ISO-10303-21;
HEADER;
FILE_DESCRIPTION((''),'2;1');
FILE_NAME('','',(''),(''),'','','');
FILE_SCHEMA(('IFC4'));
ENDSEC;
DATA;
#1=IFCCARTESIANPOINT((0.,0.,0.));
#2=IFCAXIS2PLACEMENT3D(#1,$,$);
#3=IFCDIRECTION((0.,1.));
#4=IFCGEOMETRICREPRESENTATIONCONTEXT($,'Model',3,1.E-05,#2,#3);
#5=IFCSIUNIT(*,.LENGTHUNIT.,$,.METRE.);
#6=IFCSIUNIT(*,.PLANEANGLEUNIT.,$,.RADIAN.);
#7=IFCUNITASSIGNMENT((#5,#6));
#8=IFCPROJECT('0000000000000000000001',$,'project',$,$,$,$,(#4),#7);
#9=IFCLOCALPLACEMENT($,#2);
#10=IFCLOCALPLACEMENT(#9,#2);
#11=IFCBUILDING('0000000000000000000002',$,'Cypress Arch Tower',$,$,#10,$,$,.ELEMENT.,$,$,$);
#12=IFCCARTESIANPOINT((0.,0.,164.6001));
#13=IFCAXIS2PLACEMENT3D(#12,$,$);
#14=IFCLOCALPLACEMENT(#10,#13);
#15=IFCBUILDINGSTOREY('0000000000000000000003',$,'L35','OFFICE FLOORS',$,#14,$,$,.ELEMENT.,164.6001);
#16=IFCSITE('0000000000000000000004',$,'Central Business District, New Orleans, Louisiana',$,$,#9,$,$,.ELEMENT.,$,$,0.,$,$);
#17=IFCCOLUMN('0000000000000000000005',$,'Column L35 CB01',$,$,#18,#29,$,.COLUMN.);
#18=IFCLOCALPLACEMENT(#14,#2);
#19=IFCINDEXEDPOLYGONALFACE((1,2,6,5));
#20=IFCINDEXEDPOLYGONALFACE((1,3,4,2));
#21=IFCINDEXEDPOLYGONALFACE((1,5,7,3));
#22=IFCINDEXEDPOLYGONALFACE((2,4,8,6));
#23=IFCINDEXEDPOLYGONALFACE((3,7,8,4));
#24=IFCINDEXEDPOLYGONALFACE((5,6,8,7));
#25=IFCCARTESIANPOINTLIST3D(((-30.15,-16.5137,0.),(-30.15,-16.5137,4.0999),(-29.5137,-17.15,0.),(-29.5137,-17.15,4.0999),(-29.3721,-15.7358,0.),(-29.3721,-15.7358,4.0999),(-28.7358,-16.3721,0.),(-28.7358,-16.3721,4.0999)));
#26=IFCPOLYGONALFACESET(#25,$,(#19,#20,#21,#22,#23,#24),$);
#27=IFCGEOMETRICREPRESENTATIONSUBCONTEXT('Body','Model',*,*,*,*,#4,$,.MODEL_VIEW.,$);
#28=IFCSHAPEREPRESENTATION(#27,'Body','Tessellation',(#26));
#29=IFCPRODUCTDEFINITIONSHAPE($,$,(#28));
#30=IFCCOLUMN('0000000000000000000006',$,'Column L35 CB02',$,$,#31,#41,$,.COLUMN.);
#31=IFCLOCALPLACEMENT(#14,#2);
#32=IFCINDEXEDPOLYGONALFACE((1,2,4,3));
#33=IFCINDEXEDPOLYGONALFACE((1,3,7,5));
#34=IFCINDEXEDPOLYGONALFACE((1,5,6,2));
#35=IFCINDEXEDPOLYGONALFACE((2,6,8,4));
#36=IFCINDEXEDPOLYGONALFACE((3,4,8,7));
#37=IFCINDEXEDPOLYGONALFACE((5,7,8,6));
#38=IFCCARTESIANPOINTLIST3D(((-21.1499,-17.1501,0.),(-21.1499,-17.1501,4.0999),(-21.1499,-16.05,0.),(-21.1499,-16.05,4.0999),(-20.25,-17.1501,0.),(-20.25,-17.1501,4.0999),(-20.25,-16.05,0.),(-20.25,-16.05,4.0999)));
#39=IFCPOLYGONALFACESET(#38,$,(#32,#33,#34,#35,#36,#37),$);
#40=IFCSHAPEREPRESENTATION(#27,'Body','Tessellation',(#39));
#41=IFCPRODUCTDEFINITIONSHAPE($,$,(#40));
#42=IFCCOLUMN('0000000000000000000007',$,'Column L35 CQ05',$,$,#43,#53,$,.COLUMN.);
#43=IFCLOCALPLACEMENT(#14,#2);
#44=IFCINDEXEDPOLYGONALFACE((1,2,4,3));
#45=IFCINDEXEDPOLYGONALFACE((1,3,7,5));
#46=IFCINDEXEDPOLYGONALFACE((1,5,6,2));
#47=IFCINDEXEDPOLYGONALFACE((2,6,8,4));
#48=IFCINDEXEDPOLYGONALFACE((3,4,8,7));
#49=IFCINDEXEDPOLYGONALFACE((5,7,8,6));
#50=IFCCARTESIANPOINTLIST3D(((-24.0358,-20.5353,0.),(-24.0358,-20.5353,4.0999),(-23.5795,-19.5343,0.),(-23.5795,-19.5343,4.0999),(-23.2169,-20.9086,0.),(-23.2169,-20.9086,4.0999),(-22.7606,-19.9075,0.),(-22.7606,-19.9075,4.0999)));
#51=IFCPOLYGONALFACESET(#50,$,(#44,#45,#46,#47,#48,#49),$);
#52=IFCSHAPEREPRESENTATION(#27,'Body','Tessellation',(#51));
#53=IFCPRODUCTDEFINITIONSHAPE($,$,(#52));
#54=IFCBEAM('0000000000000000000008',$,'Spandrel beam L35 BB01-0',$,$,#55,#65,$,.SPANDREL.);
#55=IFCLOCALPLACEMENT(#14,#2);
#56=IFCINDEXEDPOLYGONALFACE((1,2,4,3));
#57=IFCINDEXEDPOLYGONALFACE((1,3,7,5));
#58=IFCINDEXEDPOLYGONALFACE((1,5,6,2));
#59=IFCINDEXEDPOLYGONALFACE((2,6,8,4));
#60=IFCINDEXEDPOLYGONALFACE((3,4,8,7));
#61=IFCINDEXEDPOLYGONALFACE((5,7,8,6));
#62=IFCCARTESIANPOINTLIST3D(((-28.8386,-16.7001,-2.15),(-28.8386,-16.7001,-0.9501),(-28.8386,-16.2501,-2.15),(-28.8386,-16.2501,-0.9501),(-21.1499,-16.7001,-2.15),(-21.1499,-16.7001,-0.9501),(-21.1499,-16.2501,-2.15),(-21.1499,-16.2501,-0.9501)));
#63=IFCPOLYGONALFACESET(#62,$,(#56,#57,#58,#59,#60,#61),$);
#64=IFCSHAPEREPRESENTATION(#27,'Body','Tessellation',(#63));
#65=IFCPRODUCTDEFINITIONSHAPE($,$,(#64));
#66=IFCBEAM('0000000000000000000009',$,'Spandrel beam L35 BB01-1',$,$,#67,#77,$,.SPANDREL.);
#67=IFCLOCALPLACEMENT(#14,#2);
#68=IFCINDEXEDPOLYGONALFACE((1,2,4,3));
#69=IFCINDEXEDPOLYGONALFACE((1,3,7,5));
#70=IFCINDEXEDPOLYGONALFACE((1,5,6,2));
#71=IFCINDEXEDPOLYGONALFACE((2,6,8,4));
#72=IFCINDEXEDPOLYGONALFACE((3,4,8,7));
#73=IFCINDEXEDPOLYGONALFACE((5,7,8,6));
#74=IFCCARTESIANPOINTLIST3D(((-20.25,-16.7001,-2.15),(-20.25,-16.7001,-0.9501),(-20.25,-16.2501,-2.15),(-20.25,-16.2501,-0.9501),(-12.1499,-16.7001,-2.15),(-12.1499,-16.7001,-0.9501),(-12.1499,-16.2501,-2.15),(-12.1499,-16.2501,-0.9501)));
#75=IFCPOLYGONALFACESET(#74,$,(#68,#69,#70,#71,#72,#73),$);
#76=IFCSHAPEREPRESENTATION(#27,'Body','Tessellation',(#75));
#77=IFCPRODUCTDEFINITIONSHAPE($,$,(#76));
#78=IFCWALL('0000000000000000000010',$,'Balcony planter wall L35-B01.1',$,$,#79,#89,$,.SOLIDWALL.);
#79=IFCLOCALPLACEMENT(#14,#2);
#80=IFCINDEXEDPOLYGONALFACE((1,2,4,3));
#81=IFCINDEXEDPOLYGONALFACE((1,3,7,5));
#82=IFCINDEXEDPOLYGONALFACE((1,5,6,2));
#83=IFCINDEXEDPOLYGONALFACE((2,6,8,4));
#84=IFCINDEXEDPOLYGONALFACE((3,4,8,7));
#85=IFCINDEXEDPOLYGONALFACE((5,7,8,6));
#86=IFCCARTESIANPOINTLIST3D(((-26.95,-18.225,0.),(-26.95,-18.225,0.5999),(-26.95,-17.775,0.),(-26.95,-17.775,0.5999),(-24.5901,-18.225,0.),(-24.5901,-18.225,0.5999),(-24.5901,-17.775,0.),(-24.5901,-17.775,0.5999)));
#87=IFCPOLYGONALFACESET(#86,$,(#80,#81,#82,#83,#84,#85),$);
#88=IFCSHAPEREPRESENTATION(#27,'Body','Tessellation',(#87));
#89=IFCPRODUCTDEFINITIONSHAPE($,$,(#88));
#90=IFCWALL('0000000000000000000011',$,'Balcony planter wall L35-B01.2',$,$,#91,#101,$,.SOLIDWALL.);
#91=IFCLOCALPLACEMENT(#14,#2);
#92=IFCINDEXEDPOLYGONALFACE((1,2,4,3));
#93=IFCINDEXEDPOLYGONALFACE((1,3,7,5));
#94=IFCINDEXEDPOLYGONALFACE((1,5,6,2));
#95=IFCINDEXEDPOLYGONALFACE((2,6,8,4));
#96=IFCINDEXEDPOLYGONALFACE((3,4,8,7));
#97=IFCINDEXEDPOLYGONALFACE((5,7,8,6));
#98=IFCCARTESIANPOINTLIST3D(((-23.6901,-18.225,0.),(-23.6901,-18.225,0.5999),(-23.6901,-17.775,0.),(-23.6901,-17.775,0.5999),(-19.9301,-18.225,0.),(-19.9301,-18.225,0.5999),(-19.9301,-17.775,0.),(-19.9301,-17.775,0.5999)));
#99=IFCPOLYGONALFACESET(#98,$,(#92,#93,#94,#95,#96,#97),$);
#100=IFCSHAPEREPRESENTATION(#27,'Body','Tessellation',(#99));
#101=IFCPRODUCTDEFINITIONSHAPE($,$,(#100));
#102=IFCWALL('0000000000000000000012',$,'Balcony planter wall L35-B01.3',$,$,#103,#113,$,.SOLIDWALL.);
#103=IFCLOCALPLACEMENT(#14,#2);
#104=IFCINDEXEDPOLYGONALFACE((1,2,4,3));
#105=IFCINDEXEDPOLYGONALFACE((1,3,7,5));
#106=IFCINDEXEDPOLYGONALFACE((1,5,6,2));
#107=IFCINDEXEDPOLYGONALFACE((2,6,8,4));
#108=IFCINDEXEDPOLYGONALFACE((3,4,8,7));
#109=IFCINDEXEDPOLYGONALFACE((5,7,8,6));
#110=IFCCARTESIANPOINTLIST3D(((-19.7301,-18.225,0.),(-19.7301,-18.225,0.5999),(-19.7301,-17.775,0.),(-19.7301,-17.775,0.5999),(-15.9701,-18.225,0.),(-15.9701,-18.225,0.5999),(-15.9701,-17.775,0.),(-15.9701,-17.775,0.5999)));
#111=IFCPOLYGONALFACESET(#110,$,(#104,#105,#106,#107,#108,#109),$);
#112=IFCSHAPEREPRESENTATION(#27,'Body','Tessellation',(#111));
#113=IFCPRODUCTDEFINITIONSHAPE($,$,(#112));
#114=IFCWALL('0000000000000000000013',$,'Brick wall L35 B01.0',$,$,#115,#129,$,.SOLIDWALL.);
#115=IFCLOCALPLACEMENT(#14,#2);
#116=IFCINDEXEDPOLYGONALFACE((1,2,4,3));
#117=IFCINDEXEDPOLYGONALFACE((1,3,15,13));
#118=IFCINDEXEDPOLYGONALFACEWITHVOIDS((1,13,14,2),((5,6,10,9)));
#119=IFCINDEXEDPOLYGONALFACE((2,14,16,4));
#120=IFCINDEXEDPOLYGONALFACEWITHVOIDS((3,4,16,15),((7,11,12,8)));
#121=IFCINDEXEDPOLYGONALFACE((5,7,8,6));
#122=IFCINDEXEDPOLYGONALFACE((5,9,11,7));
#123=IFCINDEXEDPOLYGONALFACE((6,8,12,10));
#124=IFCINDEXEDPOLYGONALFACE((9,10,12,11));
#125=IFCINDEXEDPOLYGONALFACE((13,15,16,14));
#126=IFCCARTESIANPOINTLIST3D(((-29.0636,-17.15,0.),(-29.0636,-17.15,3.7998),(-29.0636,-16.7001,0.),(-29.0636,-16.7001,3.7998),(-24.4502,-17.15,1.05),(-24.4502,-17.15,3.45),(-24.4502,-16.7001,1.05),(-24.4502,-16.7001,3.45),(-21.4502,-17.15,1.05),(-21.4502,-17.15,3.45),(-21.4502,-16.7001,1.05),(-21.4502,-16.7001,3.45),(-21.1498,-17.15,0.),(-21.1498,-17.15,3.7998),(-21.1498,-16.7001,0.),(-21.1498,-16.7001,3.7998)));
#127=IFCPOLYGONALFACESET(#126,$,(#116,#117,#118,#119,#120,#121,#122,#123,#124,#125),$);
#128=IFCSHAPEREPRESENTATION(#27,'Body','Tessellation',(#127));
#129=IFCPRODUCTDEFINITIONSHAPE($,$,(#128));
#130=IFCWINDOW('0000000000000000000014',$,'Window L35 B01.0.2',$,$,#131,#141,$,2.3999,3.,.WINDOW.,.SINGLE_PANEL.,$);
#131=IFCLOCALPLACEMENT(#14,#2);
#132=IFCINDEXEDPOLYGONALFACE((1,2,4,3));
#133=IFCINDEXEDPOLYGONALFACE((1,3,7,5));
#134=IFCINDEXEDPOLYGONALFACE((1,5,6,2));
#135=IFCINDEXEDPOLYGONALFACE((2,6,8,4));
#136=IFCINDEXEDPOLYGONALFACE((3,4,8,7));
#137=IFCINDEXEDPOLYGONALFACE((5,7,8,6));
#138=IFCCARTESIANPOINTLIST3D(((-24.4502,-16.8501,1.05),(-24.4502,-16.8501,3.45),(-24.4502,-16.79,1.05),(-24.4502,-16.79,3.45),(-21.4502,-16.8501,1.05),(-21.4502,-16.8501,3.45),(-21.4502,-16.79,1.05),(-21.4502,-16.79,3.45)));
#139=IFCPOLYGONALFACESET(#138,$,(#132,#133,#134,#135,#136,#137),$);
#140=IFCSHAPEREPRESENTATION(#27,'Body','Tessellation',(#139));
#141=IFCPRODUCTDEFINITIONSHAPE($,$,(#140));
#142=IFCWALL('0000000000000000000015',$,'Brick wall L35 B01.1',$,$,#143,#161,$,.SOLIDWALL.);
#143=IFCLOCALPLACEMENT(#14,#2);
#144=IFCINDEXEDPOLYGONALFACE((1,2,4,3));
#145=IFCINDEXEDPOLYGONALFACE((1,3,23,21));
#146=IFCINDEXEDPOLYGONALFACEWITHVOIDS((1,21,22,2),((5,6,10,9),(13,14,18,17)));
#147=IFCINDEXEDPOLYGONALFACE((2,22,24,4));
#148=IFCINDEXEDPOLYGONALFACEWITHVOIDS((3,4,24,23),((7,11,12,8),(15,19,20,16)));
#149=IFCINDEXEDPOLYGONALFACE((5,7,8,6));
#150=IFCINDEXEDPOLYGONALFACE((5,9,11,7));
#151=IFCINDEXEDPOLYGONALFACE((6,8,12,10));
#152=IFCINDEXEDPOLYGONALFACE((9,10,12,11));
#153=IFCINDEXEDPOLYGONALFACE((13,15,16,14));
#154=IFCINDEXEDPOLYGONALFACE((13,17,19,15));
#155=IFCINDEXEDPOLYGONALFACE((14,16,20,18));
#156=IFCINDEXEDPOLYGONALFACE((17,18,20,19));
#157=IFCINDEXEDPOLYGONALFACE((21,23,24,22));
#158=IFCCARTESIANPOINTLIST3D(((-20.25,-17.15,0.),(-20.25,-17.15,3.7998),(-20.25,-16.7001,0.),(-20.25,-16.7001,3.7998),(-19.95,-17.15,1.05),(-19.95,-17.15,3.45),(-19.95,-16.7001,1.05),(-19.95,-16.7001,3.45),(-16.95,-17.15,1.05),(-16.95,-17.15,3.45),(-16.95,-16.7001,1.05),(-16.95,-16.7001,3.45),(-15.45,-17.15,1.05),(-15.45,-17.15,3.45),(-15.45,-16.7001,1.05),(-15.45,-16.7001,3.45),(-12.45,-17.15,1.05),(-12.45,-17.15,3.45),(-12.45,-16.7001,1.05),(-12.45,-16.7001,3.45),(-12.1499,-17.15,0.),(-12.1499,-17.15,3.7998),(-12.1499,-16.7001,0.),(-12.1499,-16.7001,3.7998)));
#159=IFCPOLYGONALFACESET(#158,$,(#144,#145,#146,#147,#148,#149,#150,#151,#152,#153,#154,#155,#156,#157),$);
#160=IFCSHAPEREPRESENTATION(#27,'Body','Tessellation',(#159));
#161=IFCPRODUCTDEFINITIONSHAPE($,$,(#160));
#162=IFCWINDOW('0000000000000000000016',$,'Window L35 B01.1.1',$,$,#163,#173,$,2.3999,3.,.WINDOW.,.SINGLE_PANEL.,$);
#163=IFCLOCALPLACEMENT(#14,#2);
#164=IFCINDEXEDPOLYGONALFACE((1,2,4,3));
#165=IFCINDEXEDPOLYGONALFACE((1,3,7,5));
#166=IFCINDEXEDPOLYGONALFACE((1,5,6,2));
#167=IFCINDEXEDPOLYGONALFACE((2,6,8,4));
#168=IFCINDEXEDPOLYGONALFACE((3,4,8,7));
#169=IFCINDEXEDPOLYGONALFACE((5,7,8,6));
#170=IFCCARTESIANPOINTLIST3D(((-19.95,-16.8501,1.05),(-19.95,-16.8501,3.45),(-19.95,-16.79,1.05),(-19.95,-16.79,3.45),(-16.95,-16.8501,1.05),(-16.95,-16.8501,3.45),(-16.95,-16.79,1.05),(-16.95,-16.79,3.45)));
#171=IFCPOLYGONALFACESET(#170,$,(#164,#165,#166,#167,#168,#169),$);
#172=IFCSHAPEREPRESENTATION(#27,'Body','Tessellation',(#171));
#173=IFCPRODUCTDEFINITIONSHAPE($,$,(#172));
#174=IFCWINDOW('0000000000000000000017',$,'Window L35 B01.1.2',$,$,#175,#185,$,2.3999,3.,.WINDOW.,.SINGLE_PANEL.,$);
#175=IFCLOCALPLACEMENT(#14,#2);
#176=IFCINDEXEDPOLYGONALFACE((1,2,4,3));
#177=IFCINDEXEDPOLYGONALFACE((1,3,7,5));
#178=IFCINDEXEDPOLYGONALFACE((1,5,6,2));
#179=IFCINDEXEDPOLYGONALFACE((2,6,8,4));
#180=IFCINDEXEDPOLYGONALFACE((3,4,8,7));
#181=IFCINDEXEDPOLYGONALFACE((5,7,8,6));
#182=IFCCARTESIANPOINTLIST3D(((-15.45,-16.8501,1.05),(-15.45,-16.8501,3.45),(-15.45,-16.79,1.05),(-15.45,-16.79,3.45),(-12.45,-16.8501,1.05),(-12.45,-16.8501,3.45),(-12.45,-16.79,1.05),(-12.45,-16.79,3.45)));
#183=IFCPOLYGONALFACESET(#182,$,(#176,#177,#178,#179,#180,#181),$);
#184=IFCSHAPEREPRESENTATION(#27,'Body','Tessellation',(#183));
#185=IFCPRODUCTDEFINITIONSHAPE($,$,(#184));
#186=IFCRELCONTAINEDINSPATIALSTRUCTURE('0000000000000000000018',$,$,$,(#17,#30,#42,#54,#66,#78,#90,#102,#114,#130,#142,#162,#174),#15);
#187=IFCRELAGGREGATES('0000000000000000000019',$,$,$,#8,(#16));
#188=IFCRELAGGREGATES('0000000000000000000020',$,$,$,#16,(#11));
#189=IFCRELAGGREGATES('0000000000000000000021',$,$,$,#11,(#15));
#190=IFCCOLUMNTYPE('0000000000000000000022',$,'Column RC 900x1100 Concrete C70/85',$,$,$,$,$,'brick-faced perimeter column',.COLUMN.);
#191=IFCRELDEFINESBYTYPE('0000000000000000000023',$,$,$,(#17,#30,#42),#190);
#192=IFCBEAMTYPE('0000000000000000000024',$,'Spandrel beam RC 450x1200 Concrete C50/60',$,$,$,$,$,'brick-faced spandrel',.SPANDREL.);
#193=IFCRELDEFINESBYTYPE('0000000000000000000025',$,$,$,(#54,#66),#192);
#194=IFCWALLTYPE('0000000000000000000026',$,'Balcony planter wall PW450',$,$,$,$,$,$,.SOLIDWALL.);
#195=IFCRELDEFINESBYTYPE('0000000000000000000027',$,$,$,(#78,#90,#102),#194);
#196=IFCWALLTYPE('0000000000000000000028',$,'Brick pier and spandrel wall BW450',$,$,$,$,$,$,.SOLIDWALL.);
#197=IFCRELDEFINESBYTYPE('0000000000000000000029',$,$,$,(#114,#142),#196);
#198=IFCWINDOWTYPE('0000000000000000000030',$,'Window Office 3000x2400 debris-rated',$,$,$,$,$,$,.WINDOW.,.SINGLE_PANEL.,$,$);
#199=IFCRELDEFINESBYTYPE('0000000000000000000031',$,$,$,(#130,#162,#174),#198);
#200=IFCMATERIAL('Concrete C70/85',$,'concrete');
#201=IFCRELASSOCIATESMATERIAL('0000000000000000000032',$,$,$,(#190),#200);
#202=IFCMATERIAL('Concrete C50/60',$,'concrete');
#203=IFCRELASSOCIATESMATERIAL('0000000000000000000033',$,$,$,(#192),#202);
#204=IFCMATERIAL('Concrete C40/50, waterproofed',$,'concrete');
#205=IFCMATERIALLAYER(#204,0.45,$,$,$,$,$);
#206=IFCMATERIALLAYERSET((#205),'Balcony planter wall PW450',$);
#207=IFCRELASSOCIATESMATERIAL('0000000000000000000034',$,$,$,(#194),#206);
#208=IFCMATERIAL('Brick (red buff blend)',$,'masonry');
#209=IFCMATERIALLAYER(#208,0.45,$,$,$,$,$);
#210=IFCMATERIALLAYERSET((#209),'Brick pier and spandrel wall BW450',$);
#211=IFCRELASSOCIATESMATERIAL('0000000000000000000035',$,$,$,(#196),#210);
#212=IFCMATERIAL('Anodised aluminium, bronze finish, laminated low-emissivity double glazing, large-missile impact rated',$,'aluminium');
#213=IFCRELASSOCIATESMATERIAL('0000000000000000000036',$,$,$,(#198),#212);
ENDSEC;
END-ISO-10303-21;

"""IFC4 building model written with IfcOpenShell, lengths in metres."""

from ifc_helpers import new_model, si_unit, direction, frame, frame_2d, origin, origin_2d, place, context, subcontext, project, spatial, rectangle, extrude, material, layer, layer_set, material_profile, profile_set, type_object, element, fill, save


model = new_model("IFC4")

# Units and contexts
model_context = context("Model", 3, precision=1e-05, world=origin(), true_north=direction((0.0, 1.0)))
body_context = subcontext(model_context, "Body", "Model", "MODEL_VIEW")
ifc_project = project(units=[si_unit("LENGTHUNIT", "METRE"), si_unit("PLANEANGLEUNIT", "RADIAN")], contexts=[model_context])

# Site, building, storey
site_placement = place(None, origin())
site = spatial("IfcSite", under=ifc_project, at=site_placement, Name="Central Business District, New Orleans, Louisiana", CompositionType="ELEMENT", RefElevation=0.0)
building_placement = place(site_placement, origin())
building = spatial("IfcBuilding", under=site, at=building_placement, Name="Cypress Arch Tower", CompositionType="ELEMENT")
storey_placement = place(building_placement, frame((0.0, 0.0, 164.6001)))
storey = spatial("IfcBuildingStorey", under=building, at=storey_placement, Name="L35", Description="OFFICE FLOORS", CompositionType="ELEMENT", Elevation=164.6001)

# Columns
ifc_material_1 = material(Name="Concrete C70/85", Category="concrete")
ifc_material_profile_1 = material_profile(ifc_material_1, rectangle(XDim=0.8999, YDim=1.1001, at=origin_2d()), Name="RC 900x1100")
ifc_profile_set_1 = profile_set([ifc_material_profile_1], Name="Concrete C70/85")
column_type = type_object("IfcColumnType", Name="Column RC 900x1100 Concrete C70/85", ElementType="brick-faced perimeter column", PredefinedType="COLUMN", material=ifc_profile_set_1)
for number, where, z_axis, x_axis, name in (
    (1, (-29.4429, -16.4429, 0.0), (0.0, 0.0, 1.0), (0.707107, -0.707107, 0.0), "Column L35 CB01"),
    (2, (-20.7, -16.6001, 0.0), (0.0, 0.0, 1.0), (1.0, 0.0, 0.0), "Column L35 CB02"),
    (3, (-23.3982, -20.2214, 0.0), (0.0, 0.0, 1.0), (0.909932, -0.414757, 0.0), "Column L35 CQ05"),
):
    element("IfcColumn", number, at=place(storey_placement, frame(where, z_axis=z_axis, x_axis=x_axis)), inside=storey, type_object=column_type, Name=name, PredefinedType="COLUMN", context=body_context, shape_type="SweptSolid", body=[
        extrude(rectangle(XDim=0.8999, YDim=1.1001, at=origin_2d()), origin(), (0.0, 0.0, 1.0), 4.0999),
    ])

# Beams
ifc_material_2 = material(Name="Concrete C50/60", Category="concrete")
ifc_material_profile_2 = material_profile(ifc_material_2, rectangle(XDim=0.45, YDim=1.2, at=origin_2d()), Name="RC 450x1200")
ifc_profile_set_2 = profile_set([ifc_material_profile_2], Name="Concrete C50/60")
beam_type = type_object("IfcBeamType", Name="Spandrel beam RC 450x1200 Concrete C50/60", ElementType="brick-faced spandrel", PredefinedType="SPANDREL", material=ifc_profile_set_2)
beam_1_placement = place(storey_placement, frame((-28.8386, -16.4751, -1.55), z_axis=(1.0, 0.0, 0.0), x_axis=(0.0, 1.0, 0.0)))
element("IfcBeam", 4, at=beam_1_placement, inside=storey, type_object=beam_type, Name="Spandrel beam L35 BB01-0", PredefinedType="SPANDREL", context=body_context, shape_type="SweptSolid", body=[
    extrude(rectangle(XDim=0.45, YDim=1.2, at=origin_2d()), origin(), (0.0, 0.0, 1.0), 7.6887),
])
beam_2_placement = place(storey_placement, frame((-20.25, -16.4751, -1.55), z_axis=(1.0, 0.0, 0.0), x_axis=(0.0, 1.0, 0.0)))
element("IfcBeam", 5, at=beam_2_placement, inside=storey, type_object=beam_type, Name="Spandrel beam L35 BB01-1", PredefinedType="SPANDREL", context=body_context, shape_type="SweptSolid", body=[
    extrude(rectangle(XDim=0.45, YDim=1.2, at=origin_2d()), origin(), (0.0, 0.0, 1.0), 8.1001),
])

# Walls
ifc_material_3 = material(Name="Concrete C40/50, waterproofed", Category="concrete")
ifc_layer_1 = layer(ifc_material_3, 0.45)
ifc_layer_set_1 = layer_set([ifc_layer_1], Name="Balcony planter wall PW450")
wall_type_1 = type_object("IfcWallType", Name="Balcony planter wall PW450", PredefinedType="SOLIDWALL", material=ifc_layer_set_1)
wall_1_placement = place(storey_placement, frame((-26.95, -18.0, 0.0), z_axis=(0.0, 0.0, 1.0), x_axis=(1.0, 0.0, 0.0)))
element("IfcWall", 6, at=wall_1_placement, inside=storey, type_object=wall_type_1, Name="Balcony planter wall L35-B01.1", PredefinedType="SOLIDWALL", context=body_context, shape_type="SweptSolid", body=[
    extrude(rectangle(XDim=2.3599, YDim=0.45, at=frame_2d((1.1799, 0.0))), origin(), (0.0, 0.0, 1.0), 0.5999),
])
for number, where, z_axis, x_axis, name in (
    (7, (-23.6899, -18.0, 0.0), (0.0, 0.0, 1.0), (1.0, 0.0, 0.0), "Balcony planter wall L35-B01.2"),
    (8, (-19.73, -18.0, 0.0), (0.0, 0.0, 1.0), (1.0, 0.0, 0.0), "Balcony planter wall L35-B01.3"),
):
    element("IfcWall", number, at=place(storey_placement, frame(where, z_axis=z_axis, x_axis=x_axis)), inside=storey, type_object=wall_type_1, Name=name, PredefinedType="SOLIDWALL", context=body_context, shape_type="SweptSolid", body=[
        extrude(rectangle(XDim=3.76, YDim=0.45, at=frame_2d((1.8799, 0.0))), origin(), (0.0, 0.0, 1.0), 0.5999),
    ])

# Wall, opening, window
ifc_material_4 = material(Name="Brick (red buff blend)", Category="masonry")
ifc_layer_2 = layer(ifc_material_4, 0.45)
ifc_layer_set_2 = layer_set([ifc_layer_2], Name="Brick pier and spandrel wall BW450")
wall_type_2 = type_object("IfcWallType", Name="Brick pier and spandrel wall BW450", PredefinedType="SOLIDWALL", material=ifc_layer_set_2)
wall_2_placement = place(storey_placement, frame((-29.0637, -16.925, 0.0), z_axis=(0.0, 0.0, 1.0), x_axis=(1.0, 0.0, 0.0)))
wall_2 = element("IfcWall", 9, at=wall_2_placement, inside=storey, type_object=wall_type_2, Name="Brick wall L35 B01.0", PredefinedType="SOLIDWALL", context=body_context, shape_type="SweptSolid", body=[
    extrude(rectangle(XDim=7.9138, YDim=0.45, at=frame_2d((3.957, 0.0))), origin(), (0.0, 0.0, 1.0), 3.7998),
])
opening_1_placement = place(wall_2_placement, frame((4.6135, 0.0, 1.05)))
opening_1 = element("IfcOpeningElement", 10, at=opening_1_placement, cuts=wall_2, PredefinedType="OPENING", context=body_context, shape_type="SweptSolid", body=[
    extrude(rectangle(XDim=3.0, YDim=2.3999, at=frame_2d((1.5, 1.2))), frame((0.0, 0.2349, 0.0), z_axis=(0.0, -1.0, 0.0), x_axis=(1.0, 0.0, 0.0)), (0.0, 0.0, 1.0), 0.47),
])
ifc_material_5 = material(Name="Anodised aluminium, bronze finish, laminated low-emissivity double glazing, large-missile impact rated", Category="aluminium")
window_type = type_object("IfcWindowType", Name="Window Office 3000x2400 debris-rated", PartitioningType="SINGLE_PANEL", PredefinedType="WINDOW", material=ifc_material_5)
window_1_placement = place(opening_1_placement, origin())
window_1 = element("IfcWindow", 11, at=window_1_placement, inside=storey, type_object=window_type, Name="Window L35 B01.0.2", OverallHeight=2.3999, OverallWidth=3.0, PartitioningType="SINGLE_PANEL", PredefinedType="WINDOW", context=body_context, shape_type="SweptSolid", body=[
    extrude(rectangle(XDim=3.0, YDim=2.3999, at=frame_2d((1.5, 1.2))), frame((0.0, 0.135, 0.0), z_axis=(0.0, -1.0, 0.0), x_axis=(1.0, 0.0, 0.0)), (0.0, 0.0, 1.0), 0.0601),
])
fill(opening_1, window_1)

# Wall, openings, windows
wall_3_placement = place(storey_placement, frame((-20.25, -16.925, 0.0), z_axis=(0.0, 0.0, 1.0), x_axis=(1.0, 0.0, 0.0)))
wall_3 = element("IfcWall", 12, at=wall_3_placement, inside=storey, type_object=wall_type_2, Name="Brick wall L35 B01.1", PredefinedType="SOLIDWALL", context=body_context, shape_type="SweptSolid", body=[
    extrude(rectangle(XDim=8.1001, YDim=0.45, at=frame_2d((4.05, 0.0))), origin(), (0.0, 0.0, 1.0), 3.7998),
])
opening_2_placement = place(wall_3_placement, frame((0.3, 0.0, 1.05)))
opening_2 = element("IfcOpeningElement", 13, at=opening_2_placement, cuts=wall_3, PredefinedType="OPENING", context=body_context, shape_type="SweptSolid", body=[
    extrude(rectangle(XDim=3.0, YDim=2.3999, at=frame_2d((1.5, 1.2))), frame((0.0, 0.2349, 0.0), z_axis=(0.0, -1.0, 0.0), x_axis=(1.0, 0.0, 0.0)), (0.0, 0.0, 1.0), 0.47),
])
opening_3_placement = place(wall_3_placement, frame((4.8, 0.0, 1.05)))
opening_3 = element("IfcOpeningElement", 14, at=opening_3_placement, cuts=wall_3, PredefinedType="OPENING", context=body_context, shape_type="SweptSolid", body=[
    extrude(rectangle(XDim=3.0, YDim=2.3999, at=frame_2d((1.5, 1.2))), frame((0.0, 0.2349, 0.0), z_axis=(0.0, -1.0, 0.0), x_axis=(1.0, 0.0, 0.0)), (0.0, 0.0, 1.0), 0.47),
])
window_2_placement = place(opening_2_placement, origin())
window_2 = element("IfcWindow", 15, at=window_2_placement, inside=storey, type_object=window_type, Name="Window L35 B01.1.1", OverallHeight=2.3999, OverallWidth=3.0, PartitioningType="SINGLE_PANEL", PredefinedType="WINDOW", context=body_context, shape_type="SweptSolid", body=[
    extrude(rectangle(XDim=3.0, YDim=2.3999, at=frame_2d((1.5, 1.2))), frame((0.0, 0.135, 0.0), z_axis=(0.0, -1.0, 0.0), x_axis=(1.0, 0.0, 0.0)), (0.0, 0.0, 1.0), 0.0601),
])
fill(opening_2, window_2)
window_3_placement = place(opening_3_placement, origin())
window_3 = element("IfcWindow", 16, at=window_3_placement, inside=storey, type_object=window_type, Name="Window L35 B01.1.2", OverallHeight=2.3999, OverallWidth=3.0, PartitioningType="SINGLE_PANEL", PredefinedType="WINDOW", context=body_context, shape_type="SweptSolid", body=[
    extrude(rectangle(XDim=3.0, YDim=2.3999, at=frame_2d((1.5, 1.2))), frame((0.0, 0.135, 0.0), z_axis=(0.0, -1.0, 0.0), x_axis=(1.0, 0.0, 0.0)), (0.0, 0.0, 1.0), 0.0601),
])
fill(opening_3, window_3)

save(model, "model.ifc")
